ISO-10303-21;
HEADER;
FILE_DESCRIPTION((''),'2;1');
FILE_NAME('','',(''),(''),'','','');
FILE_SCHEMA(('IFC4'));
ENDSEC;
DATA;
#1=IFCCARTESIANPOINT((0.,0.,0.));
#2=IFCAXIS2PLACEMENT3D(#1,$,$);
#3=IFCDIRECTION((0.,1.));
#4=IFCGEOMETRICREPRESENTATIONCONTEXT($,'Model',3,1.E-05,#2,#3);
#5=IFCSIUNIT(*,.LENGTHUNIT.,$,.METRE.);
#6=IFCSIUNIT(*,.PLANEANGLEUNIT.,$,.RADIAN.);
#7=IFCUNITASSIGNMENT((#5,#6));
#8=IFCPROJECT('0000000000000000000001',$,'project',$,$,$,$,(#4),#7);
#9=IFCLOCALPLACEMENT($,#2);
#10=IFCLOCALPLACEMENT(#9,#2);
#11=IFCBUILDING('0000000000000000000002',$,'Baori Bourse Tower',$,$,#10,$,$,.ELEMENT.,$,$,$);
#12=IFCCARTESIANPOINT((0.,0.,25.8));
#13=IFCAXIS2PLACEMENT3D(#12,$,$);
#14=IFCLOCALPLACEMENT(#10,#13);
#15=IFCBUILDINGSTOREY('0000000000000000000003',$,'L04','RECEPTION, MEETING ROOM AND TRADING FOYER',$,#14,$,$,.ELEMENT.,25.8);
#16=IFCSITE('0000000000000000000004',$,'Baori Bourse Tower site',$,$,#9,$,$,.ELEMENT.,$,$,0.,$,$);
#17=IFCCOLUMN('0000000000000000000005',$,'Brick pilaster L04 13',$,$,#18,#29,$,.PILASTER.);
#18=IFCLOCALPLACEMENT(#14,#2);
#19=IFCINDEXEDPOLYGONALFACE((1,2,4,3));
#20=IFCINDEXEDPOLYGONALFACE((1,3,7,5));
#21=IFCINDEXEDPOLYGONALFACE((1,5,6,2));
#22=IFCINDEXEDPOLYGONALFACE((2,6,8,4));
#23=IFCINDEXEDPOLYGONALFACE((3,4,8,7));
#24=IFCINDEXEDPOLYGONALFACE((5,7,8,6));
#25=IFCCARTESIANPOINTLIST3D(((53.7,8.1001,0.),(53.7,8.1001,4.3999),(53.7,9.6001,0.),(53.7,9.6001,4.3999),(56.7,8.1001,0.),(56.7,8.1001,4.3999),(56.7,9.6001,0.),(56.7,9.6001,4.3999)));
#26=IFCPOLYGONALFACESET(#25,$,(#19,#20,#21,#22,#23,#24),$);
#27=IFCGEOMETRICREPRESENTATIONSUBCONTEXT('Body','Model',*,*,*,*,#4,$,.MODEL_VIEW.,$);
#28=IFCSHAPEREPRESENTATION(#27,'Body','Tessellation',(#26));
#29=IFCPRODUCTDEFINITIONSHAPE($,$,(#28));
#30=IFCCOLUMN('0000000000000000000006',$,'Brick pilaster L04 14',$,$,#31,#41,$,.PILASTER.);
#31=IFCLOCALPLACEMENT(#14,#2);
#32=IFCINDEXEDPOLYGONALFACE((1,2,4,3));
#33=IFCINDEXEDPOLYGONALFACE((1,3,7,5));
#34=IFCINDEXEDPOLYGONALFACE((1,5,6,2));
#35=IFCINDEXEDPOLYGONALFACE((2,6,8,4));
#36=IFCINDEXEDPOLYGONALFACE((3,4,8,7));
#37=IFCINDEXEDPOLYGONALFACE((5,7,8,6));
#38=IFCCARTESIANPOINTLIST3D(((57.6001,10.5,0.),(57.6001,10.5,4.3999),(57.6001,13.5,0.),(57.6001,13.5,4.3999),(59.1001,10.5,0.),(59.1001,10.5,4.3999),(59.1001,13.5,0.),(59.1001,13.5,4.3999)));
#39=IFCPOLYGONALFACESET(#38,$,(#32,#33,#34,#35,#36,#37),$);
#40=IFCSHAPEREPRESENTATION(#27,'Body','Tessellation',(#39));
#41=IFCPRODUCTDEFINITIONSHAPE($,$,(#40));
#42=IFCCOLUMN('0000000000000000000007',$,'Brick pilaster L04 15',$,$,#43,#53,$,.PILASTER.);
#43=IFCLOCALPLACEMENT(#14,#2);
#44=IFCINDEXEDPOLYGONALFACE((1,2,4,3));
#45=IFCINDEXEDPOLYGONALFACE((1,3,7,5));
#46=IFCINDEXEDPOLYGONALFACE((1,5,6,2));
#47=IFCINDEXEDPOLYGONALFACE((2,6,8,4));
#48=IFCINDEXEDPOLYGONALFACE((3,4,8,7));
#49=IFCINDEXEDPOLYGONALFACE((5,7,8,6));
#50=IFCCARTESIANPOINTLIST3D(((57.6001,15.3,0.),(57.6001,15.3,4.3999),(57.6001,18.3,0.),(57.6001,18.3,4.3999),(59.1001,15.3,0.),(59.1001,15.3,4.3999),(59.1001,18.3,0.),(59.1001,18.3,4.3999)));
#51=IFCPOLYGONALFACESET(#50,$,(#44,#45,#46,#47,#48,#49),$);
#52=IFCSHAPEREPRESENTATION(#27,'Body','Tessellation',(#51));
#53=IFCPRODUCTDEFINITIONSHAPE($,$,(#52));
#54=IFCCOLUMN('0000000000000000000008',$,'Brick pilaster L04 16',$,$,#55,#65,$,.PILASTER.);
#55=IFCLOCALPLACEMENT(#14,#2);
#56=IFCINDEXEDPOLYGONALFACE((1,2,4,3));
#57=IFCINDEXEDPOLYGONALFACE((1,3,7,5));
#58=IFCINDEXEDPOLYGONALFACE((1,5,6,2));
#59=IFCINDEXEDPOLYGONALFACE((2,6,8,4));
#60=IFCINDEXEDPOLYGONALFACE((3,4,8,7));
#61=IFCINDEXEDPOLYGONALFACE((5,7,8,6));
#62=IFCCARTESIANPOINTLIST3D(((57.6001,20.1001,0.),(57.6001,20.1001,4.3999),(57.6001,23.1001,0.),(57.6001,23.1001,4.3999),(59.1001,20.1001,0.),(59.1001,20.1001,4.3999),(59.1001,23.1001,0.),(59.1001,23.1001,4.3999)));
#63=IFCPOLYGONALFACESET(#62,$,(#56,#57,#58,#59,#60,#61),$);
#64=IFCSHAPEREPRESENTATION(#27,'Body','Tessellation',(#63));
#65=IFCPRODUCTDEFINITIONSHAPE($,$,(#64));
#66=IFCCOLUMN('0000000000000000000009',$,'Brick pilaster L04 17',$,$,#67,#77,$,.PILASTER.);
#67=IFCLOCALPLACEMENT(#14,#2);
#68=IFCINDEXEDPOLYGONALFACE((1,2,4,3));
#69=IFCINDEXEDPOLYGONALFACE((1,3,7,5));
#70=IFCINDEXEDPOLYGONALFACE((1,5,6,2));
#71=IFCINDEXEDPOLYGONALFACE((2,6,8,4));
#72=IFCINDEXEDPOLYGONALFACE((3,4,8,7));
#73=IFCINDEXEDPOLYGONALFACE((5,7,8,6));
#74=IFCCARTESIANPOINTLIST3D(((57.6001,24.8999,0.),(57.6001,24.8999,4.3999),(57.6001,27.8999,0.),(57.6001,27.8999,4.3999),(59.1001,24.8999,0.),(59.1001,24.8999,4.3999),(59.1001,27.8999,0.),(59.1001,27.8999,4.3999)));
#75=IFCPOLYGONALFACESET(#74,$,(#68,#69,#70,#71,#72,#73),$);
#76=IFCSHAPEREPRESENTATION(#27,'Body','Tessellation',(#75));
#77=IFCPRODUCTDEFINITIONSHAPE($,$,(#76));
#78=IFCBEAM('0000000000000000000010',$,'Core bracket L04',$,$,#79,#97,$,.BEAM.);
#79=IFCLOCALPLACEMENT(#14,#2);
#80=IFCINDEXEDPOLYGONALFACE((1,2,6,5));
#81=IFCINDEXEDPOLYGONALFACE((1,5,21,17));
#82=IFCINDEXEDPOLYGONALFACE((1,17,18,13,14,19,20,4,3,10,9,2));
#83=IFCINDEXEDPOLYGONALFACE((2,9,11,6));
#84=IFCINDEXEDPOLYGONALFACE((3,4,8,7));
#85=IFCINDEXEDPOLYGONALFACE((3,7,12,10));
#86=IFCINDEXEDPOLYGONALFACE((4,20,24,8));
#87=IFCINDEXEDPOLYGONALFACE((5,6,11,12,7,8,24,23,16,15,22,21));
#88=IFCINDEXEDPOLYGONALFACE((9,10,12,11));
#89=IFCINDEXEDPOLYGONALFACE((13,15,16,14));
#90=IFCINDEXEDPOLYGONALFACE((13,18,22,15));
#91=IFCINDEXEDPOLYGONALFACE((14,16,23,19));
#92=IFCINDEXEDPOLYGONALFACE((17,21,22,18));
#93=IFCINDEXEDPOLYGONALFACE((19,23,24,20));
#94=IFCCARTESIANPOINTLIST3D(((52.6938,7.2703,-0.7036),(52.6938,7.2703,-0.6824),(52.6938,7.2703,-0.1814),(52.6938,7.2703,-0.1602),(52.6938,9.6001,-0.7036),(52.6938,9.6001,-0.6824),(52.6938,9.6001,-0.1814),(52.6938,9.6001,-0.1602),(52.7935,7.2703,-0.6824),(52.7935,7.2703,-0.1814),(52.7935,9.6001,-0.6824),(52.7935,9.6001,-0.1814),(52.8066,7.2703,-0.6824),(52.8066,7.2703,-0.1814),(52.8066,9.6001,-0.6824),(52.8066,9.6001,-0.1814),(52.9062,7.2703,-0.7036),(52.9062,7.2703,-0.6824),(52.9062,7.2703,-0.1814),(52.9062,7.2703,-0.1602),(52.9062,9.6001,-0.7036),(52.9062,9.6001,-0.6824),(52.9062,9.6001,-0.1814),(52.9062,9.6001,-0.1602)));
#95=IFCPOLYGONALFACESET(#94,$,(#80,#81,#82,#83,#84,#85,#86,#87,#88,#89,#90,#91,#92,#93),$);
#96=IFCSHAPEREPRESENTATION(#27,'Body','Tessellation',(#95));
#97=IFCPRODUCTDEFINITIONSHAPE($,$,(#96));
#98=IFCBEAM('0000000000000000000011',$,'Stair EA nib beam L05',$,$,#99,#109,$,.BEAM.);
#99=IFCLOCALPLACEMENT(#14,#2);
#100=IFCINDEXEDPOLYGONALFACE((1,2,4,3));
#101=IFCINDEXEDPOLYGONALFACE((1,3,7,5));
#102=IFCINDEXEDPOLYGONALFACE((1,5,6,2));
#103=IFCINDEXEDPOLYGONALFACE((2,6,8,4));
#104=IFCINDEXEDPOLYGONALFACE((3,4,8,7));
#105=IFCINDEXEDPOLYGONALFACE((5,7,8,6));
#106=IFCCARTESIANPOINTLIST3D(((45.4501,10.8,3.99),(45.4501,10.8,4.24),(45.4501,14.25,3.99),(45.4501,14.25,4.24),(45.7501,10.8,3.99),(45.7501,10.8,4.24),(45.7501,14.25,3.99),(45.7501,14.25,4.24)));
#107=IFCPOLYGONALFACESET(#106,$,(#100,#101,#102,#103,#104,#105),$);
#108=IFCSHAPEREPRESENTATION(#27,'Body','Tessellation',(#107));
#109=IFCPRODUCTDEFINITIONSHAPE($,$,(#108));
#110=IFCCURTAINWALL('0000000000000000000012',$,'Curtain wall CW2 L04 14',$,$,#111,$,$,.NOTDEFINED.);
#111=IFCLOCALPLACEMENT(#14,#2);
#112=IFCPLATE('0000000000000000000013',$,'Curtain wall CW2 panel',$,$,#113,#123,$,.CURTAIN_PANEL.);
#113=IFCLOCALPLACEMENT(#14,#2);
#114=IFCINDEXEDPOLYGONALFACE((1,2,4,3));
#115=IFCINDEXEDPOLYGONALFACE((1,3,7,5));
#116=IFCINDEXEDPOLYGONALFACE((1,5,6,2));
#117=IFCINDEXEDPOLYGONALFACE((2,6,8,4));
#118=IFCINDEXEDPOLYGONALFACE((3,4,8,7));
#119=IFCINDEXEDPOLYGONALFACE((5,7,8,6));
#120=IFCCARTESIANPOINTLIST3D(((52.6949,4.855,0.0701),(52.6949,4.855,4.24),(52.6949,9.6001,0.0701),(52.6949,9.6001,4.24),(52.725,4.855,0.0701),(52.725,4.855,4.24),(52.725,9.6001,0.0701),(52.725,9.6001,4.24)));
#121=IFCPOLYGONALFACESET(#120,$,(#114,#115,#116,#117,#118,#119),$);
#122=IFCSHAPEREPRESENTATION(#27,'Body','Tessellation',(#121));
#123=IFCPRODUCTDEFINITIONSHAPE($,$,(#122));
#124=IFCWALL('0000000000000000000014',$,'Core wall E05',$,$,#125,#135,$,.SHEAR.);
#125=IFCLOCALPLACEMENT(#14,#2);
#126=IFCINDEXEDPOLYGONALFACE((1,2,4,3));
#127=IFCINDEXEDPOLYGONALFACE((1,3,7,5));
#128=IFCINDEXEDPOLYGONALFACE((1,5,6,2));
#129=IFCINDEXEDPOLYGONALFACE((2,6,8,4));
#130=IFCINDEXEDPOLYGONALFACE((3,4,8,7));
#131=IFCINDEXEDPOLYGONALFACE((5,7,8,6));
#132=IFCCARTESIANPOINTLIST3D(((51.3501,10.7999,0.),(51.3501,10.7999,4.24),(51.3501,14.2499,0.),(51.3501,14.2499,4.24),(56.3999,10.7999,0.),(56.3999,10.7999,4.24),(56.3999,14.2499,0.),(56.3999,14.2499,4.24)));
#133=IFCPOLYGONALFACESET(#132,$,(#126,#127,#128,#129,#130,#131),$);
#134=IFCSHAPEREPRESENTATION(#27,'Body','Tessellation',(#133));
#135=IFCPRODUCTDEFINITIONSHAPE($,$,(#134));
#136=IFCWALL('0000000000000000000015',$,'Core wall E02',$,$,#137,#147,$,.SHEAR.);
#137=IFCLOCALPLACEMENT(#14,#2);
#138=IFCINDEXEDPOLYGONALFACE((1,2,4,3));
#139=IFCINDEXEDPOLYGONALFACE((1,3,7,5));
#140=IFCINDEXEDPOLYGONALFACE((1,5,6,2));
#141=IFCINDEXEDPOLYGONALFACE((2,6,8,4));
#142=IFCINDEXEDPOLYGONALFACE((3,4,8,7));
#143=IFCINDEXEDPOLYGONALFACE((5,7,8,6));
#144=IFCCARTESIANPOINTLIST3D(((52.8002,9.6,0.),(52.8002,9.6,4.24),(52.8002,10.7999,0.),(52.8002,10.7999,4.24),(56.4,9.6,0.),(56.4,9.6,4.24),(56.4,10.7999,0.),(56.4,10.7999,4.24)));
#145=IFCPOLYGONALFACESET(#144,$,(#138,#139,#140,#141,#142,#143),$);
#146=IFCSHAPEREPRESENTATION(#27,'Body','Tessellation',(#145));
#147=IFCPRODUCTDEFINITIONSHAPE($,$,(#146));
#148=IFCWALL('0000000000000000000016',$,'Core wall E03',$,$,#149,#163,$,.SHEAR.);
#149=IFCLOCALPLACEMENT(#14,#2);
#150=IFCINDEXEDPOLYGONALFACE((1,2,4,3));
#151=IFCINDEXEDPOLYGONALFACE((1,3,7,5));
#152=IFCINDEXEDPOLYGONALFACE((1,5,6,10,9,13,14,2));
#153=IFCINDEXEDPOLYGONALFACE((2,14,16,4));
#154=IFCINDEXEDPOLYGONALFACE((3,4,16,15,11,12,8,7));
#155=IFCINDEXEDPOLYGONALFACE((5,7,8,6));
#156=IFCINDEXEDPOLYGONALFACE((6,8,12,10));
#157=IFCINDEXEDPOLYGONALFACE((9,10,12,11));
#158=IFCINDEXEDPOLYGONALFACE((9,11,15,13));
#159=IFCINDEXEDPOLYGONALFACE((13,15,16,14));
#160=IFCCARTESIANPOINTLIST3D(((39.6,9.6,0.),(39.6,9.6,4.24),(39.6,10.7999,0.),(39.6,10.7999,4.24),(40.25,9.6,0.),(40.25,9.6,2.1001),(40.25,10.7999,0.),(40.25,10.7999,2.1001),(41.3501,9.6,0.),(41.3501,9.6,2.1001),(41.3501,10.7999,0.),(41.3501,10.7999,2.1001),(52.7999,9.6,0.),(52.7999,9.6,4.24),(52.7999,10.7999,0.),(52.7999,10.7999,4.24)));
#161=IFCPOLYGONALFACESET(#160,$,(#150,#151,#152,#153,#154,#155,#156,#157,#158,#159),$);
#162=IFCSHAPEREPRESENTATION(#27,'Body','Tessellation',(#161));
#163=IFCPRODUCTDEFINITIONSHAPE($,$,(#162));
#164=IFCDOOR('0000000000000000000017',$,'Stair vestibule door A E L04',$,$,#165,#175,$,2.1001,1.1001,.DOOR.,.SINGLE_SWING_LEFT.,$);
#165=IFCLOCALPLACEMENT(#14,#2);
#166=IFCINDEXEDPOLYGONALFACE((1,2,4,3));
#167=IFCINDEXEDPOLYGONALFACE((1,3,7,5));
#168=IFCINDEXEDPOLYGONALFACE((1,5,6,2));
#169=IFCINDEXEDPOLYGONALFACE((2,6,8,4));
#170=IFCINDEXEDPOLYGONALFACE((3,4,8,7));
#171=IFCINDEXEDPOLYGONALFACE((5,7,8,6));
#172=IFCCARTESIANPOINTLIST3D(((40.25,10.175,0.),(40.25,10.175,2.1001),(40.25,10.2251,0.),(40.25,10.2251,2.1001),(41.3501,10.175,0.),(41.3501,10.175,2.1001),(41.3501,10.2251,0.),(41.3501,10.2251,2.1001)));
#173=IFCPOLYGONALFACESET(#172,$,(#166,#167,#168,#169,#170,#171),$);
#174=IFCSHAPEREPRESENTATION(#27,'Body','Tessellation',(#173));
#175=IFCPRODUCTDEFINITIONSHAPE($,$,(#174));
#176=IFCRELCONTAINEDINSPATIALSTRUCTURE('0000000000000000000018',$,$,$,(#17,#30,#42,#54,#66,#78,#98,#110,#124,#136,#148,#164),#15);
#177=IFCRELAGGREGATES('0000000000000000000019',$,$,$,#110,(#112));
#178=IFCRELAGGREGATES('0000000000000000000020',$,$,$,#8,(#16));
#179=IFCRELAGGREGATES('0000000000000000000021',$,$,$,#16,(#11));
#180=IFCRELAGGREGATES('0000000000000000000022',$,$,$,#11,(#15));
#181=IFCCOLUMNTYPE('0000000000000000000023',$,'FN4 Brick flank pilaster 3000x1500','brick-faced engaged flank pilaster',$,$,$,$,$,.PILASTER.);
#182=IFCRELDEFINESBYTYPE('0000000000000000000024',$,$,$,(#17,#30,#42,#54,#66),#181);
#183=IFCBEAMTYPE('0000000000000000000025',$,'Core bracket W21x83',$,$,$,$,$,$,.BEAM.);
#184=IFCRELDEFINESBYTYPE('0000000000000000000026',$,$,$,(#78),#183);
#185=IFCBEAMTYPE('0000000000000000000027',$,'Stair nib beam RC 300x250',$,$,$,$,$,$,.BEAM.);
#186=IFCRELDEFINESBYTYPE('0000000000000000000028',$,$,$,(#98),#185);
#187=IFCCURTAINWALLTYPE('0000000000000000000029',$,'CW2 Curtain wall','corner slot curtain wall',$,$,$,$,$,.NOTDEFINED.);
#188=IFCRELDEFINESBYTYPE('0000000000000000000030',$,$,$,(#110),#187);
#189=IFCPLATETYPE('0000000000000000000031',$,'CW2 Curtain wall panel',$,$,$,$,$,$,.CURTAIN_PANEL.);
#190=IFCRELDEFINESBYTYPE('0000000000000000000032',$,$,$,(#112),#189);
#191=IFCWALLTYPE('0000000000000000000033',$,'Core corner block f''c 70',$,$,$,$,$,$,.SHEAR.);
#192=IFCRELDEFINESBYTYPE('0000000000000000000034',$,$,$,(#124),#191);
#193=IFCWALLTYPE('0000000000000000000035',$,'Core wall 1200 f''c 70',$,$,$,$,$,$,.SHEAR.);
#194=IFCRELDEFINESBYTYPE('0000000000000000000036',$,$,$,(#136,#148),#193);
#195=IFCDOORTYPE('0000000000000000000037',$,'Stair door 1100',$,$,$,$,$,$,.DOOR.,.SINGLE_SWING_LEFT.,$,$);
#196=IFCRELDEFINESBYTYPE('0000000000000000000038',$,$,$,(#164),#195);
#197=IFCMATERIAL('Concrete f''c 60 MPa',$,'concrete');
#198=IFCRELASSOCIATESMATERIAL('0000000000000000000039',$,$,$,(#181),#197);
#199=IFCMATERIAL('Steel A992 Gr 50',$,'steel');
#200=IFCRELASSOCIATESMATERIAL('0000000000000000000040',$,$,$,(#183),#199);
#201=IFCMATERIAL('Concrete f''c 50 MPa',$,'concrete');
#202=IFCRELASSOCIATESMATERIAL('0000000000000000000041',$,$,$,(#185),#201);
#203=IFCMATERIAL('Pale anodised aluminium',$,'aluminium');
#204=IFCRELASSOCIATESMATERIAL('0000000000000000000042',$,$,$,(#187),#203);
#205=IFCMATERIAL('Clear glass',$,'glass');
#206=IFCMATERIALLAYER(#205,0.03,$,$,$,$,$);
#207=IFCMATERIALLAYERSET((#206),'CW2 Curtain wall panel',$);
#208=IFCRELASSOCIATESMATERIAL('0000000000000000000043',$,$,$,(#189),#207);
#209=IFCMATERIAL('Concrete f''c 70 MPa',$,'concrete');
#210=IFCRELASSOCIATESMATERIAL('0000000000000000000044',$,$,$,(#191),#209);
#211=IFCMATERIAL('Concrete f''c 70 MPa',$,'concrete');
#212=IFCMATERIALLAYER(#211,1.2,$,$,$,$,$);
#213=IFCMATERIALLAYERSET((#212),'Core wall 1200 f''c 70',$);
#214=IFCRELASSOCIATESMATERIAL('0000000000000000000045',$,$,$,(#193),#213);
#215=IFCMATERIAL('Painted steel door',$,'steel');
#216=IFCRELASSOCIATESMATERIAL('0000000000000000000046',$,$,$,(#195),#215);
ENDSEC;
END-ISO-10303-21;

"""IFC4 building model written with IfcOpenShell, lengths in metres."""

from ifc_helpers import new_model, si_unit, direction, frame, frame_2d, origin, origin_2d, place, context, subcontext, project, spatial, rectangle, i_section, extrude, material, layer, layer_set, material_profile, profile_set, type_object, element, fill, aggregate, save


model = new_model("IFC4")

# Units and contexts
model_context = context("Model", 3, precision=1e-05, world=origin(), true_north=direction((0.0, 1.0)))
body_context = subcontext(model_context, "Body", "Model", "MODEL_VIEW")
ifc_project = project(units=[si_unit("LENGTHUNIT", "METRE"), si_unit("PLANEANGLEUNIT", "RADIAN")], contexts=[model_context])

# Site, building, storey
site_placement = place(None, origin())
site = spatial("IfcSite", under=ifc_project, at=site_placement, Name="Baori Bourse Tower site", CompositionType="ELEMENT", RefElevation=0.0)
building_placement = place(site_placement, origin())
building = spatial("IfcBuilding", under=site, at=building_placement, Name="Baori Bourse Tower", CompositionType="ELEMENT")
storey_placement = place(building_placement, frame((0.0, 0.0, 25.8)))
storey = spatial("IfcBuildingStorey", under=building, at=storey_placement, Name="L04", Description="RECEPTION, MEETING ROOM AND TRADING FOYER", CompositionType="ELEMENT", Elevation=25.8)

# Columns
ifc_material_1 = material(Name="Concrete f'c 60 MPa", Category="concrete")
ifc_material_profile_1 = material_profile(ifc_material_1, rectangle(XDim=3.0, YDim=1.5, at=origin_2d()), Name="RC 3000x1500")
ifc_profile_set_1 = profile_set([ifc_material_profile_1], Name="Concrete f'c 60 MPa")
column_type = type_object("IfcColumnType", Name="FN4 Brick flank pilaster 3000x1500", Description="brick-faced engaged flank pilaster", PredefinedType="PILASTER", material=ifc_profile_set_1)
for number, where, z_axis, x_axis, name in (
    (1, (55.2, 8.8501, 0.0), (0.0, 0.0, 1.0), (1.0, 0.0, 0.0), "Brick pilaster L04 13"),
    (2, (58.3501, 12.0, 0.0), (0.0, 0.0, 1.0), (0.0, 1.0, 0.0), "Brick pilaster L04 14"),
    (3, (58.3501, 16.8, 0.0), (0.0, 0.0, 1.0), (0.0, 1.0, 0.0), "Brick pilaster L04 15"),
    (4, (58.3501, 21.6001, 0.0), (0.0, 0.0, 1.0), (0.0, 1.0, 0.0), "Brick pilaster L04 16"),
    (5, (58.3501, 26.3999, 0.0), (0.0, 0.0, 1.0), (0.0, 1.0, 0.0), "Brick pilaster L04 17"),
):
    element("IfcColumn", number, at=place(storey_placement, frame(where, z_axis=z_axis, x_axis=x_axis)), inside=storey, type_object=column_type, Name=name, PredefinedType="PILASTER", context=body_context, shape_type="SweptSolid", body=[
        extrude(rectangle(XDim=3.0, YDim=1.5, at=origin_2d()), origin(), (0.0, 0.0, 1.0), 4.3999),
    ])

# Beams
ifc_material_2 = material(Name="Steel A992 Gr 50", Category="steel")
ifc_material_profile_2 = material_profile(ifc_material_2, i_section(OverallWidth=0.2124, OverallDepth=0.5435, WebThickness=0.0132, FlangeThickness=0.0212, at=origin_2d()), Name="W21x83")
ifc_profile_set_2 = profile_set([ifc_material_profile_2], Name="Steel A992 Gr 50")
beam_type_1 = type_object("IfcBeamType", Name="Core bracket W21x83", PredefinedType="BEAM", material=ifc_profile_set_2)
beam_1_placement = place(storey_placement, frame((52.8, 7.2703, -0.4319), z_axis=(0.0, 1.0, 0.0), x_axis=(-1.0, 0.0, 0.0)))
element("IfcBeam", 6, at=beam_1_placement, inside=storey, type_object=beam_type_1, Name="Core bracket L04", PredefinedType="BEAM", context=body_context, shape_type="SweptSolid", body=[
    extrude(i_section(OverallWidth=0.2124, OverallDepth=0.5435, WebThickness=0.0132, FlangeThickness=0.0212, at=origin_2d()), origin(), (0.0, 0.0, 1.0), 2.3298),
])
ifc_material_3 = material(Name="Concrete f'c 50 MPa", Category="concrete")
ifc_material_profile_3 = material_profile(ifc_material_3, rectangle(XDim=0.3, YDim=0.25, at=origin_2d()), Name="RC 300x250")
ifc_profile_set_3 = profile_set([ifc_material_profile_3], Name="Concrete f'c 50 MPa")
beam_type_2 = type_object("IfcBeamType", Name="Stair nib beam RC 300x250", PredefinedType="BEAM", material=ifc_profile_set_3)
beam_2_placement = place(storey_placement, frame((45.6001, 10.8, 4.115), z_axis=(0.0, 1.0, 0.0), x_axis=(-1.0, 0.0, 0.0)))
element("IfcBeam", 7, at=beam_2_placement, inside=storey, type_object=beam_type_2, Name="Stair EA nib beam L05", PredefinedType="BEAM", context=body_context, shape_type="SweptSolid", body=[
    extrude(rectangle(XDim=0.3, YDim=0.25, at=origin_2d()), origin(), (0.0, 0.0, 1.0), 3.45),
])

# Curtain wall, plate
ifc_material_4 = material(Name="Pale anodised aluminium", Category="aluminium")
curtain_wall_type = type_object("IfcCurtainWallType", Name="CW2 Curtain wall", Description="corner slot curtain wall", PredefinedType="NOTDEFINED", material=ifc_material_4)
curtain_wall_placement = place(storey_placement, origin())
curtain_wall = element("IfcCurtainWall", 8, at=curtain_wall_placement, inside=storey, type_object=curtain_wall_type, Name="Curtain wall CW2 L04 14", PredefinedType="NOTDEFINED")
ifc_material_5 = material(Name="Clear glass", Category="glass")
ifc_layer_1 = layer(ifc_material_5, 0.03)
ifc_layer_set_1 = layer_set([ifc_layer_1], Name="CW2 Curtain wall panel")
plate_type = type_object("IfcPlateType", Name="CW2 Curtain wall panel", PredefinedType="CURTAIN_PANEL", material=ifc_layer_set_1)
plate_placement = place(storey_placement, frame((52.71, 7.2275, 0.0701), z_axis=(0.0, 0.0, 1.0), x_axis=(0.0, 1.0, 0.0)))
plate = element("IfcPlate", 9, at=plate_placement, type_object=plate_type, Name="Curtain wall CW2 panel", PredefinedType="CURTAIN_PANEL", context=body_context, shape_type="SweptSolid", body=[
    extrude(rectangle(XDim=4.7451, YDim=0.03, at=origin_2d()), origin(), (0.0, 0.0, 1.0), 4.1699),
])
aggregate(curtain_wall, [plate])

# Walls
ifc_material_6 = material(Name="Concrete f'c 70 MPa", Category="concrete")
wall_type_1 = type_object("IfcWallType", Name="Core corner block f'c 70", PredefinedType="SHEAR", material=ifc_material_6)
wall_1_placement = place(storey_placement, frame((51.3501, 12.5249, 0.0), z_axis=(0.0, 0.0, 1.0), x_axis=(1.0, 0.0, 0.0)))
element("IfcWall", 10, at=wall_1_placement, inside=storey, type_object=wall_type_1, Name="Core wall E05", PredefinedType="SHEAR", context=body_context, shape_type="SweptSolid", body=[
    extrude(rectangle(XDim=5.0498, YDim=3.45, at=frame_2d((2.5249, 0.0))), origin(), (0.0, 0.0, 1.0), 4.24),
])
ifc_material_7 = material(Name="Concrete f'c 70 MPa", Category="concrete")
ifc_layer_2 = layer(ifc_material_7, 1.2)
ifc_layer_set_2 = layer_set([ifc_layer_2], Name="Core wall 1200 f'c 70")
wall_type_2 = type_object("IfcWallType", Name="Core wall 1200 f'c 70", PredefinedType="SHEAR", material=ifc_layer_set_2)
wall_2_placement = place(storey_placement, frame((56.3999, 10.2, 0.0), z_axis=(0.0, 0.0, 1.0), x_axis=(-1.0, 0.0, 0.0)))
element("IfcWall", 11, at=wall_2_placement, inside=storey, type_object=wall_type_2, Name="Core wall E02", PredefinedType="SHEAR", context=body_context, shape_type="SweptSolid", body=[
    extrude(rectangle(XDim=3.5999, YDim=1.2, at=frame_2d((1.7998, 0.0))), origin(), (0.0, 0.0, 1.0), 4.24),
])

# Wall, opening, door
wall_3_placement = place(storey_placement, frame((52.8, 10.2, 0.0), z_axis=(0.0, 0.0, 1.0), x_axis=(-1.0, 0.0, 0.0)))
wall_3 = element("IfcWall", 12, at=wall_3_placement, inside=storey, type_object=wall_type_2, Name="Core wall E03", PredefinedType="SHEAR", context=body_context, shape_type="SweptSolid", body=[
    extrude(rectangle(XDim=13.2, YDim=1.2, at=frame_2d((6.6001, 0.0))), origin(), (0.0, 0.0, 1.0), 4.24),
])
opening_1_placement = place(wall_3_placement, frame((11.45, 0.0, 0.0)))
opening_1 = element("IfcOpeningElement", 13, at=opening_1_placement, cuts=wall_3, PredefinedType="OPENING", context=body_context, shape_type="SweptSolid", body=[
    extrude(rectangle(XDim=1.1001, YDim=2.1001, at=frame_2d((0.55, 1.05))), frame((0.0, 0.6099, 0.0), z_axis=(0.0, -1.0, 0.0), x_axis=(1.0, 0.0, 0.0)), (0.0, 0.0, 1.0), 1.22),
])
ifc_material_8 = material(Name="Painted steel door", Category="steel")
door_type_1 = type_object("IfcDoorType", Name="Stair door 1100", OperationType="SINGLE_SWING_LEFT", PredefinedType="DOOR", material=ifc_material_8)
door_1_placement = place(opening_1_placement, origin())
door_1 = element("IfcDoor", 14, at=door_1_placement, inside=storey, type_object=door_type_1, Name="Stair vestibule door A E L04", OperationType="SINGLE_SWING_LEFT", OverallHeight=2.1001, OverallWidth=1.1001, PredefinedType="DOOR", context=body_context, shape_type="SweptSolid", body=[
    extrude(rectangle(XDim=1.1001, YDim=2.1001, at=frame_2d((0.55, 1.05))), frame((0.0, 0.0249, 0.0), z_axis=(0.0, -1.0, 0.0), x_axis=(1.0, 0.0, 0.0)), (0.0, 0.0, 1.0), 0.05),
])
fill(opening_1, door_1)

save(model, "model.ifc")
